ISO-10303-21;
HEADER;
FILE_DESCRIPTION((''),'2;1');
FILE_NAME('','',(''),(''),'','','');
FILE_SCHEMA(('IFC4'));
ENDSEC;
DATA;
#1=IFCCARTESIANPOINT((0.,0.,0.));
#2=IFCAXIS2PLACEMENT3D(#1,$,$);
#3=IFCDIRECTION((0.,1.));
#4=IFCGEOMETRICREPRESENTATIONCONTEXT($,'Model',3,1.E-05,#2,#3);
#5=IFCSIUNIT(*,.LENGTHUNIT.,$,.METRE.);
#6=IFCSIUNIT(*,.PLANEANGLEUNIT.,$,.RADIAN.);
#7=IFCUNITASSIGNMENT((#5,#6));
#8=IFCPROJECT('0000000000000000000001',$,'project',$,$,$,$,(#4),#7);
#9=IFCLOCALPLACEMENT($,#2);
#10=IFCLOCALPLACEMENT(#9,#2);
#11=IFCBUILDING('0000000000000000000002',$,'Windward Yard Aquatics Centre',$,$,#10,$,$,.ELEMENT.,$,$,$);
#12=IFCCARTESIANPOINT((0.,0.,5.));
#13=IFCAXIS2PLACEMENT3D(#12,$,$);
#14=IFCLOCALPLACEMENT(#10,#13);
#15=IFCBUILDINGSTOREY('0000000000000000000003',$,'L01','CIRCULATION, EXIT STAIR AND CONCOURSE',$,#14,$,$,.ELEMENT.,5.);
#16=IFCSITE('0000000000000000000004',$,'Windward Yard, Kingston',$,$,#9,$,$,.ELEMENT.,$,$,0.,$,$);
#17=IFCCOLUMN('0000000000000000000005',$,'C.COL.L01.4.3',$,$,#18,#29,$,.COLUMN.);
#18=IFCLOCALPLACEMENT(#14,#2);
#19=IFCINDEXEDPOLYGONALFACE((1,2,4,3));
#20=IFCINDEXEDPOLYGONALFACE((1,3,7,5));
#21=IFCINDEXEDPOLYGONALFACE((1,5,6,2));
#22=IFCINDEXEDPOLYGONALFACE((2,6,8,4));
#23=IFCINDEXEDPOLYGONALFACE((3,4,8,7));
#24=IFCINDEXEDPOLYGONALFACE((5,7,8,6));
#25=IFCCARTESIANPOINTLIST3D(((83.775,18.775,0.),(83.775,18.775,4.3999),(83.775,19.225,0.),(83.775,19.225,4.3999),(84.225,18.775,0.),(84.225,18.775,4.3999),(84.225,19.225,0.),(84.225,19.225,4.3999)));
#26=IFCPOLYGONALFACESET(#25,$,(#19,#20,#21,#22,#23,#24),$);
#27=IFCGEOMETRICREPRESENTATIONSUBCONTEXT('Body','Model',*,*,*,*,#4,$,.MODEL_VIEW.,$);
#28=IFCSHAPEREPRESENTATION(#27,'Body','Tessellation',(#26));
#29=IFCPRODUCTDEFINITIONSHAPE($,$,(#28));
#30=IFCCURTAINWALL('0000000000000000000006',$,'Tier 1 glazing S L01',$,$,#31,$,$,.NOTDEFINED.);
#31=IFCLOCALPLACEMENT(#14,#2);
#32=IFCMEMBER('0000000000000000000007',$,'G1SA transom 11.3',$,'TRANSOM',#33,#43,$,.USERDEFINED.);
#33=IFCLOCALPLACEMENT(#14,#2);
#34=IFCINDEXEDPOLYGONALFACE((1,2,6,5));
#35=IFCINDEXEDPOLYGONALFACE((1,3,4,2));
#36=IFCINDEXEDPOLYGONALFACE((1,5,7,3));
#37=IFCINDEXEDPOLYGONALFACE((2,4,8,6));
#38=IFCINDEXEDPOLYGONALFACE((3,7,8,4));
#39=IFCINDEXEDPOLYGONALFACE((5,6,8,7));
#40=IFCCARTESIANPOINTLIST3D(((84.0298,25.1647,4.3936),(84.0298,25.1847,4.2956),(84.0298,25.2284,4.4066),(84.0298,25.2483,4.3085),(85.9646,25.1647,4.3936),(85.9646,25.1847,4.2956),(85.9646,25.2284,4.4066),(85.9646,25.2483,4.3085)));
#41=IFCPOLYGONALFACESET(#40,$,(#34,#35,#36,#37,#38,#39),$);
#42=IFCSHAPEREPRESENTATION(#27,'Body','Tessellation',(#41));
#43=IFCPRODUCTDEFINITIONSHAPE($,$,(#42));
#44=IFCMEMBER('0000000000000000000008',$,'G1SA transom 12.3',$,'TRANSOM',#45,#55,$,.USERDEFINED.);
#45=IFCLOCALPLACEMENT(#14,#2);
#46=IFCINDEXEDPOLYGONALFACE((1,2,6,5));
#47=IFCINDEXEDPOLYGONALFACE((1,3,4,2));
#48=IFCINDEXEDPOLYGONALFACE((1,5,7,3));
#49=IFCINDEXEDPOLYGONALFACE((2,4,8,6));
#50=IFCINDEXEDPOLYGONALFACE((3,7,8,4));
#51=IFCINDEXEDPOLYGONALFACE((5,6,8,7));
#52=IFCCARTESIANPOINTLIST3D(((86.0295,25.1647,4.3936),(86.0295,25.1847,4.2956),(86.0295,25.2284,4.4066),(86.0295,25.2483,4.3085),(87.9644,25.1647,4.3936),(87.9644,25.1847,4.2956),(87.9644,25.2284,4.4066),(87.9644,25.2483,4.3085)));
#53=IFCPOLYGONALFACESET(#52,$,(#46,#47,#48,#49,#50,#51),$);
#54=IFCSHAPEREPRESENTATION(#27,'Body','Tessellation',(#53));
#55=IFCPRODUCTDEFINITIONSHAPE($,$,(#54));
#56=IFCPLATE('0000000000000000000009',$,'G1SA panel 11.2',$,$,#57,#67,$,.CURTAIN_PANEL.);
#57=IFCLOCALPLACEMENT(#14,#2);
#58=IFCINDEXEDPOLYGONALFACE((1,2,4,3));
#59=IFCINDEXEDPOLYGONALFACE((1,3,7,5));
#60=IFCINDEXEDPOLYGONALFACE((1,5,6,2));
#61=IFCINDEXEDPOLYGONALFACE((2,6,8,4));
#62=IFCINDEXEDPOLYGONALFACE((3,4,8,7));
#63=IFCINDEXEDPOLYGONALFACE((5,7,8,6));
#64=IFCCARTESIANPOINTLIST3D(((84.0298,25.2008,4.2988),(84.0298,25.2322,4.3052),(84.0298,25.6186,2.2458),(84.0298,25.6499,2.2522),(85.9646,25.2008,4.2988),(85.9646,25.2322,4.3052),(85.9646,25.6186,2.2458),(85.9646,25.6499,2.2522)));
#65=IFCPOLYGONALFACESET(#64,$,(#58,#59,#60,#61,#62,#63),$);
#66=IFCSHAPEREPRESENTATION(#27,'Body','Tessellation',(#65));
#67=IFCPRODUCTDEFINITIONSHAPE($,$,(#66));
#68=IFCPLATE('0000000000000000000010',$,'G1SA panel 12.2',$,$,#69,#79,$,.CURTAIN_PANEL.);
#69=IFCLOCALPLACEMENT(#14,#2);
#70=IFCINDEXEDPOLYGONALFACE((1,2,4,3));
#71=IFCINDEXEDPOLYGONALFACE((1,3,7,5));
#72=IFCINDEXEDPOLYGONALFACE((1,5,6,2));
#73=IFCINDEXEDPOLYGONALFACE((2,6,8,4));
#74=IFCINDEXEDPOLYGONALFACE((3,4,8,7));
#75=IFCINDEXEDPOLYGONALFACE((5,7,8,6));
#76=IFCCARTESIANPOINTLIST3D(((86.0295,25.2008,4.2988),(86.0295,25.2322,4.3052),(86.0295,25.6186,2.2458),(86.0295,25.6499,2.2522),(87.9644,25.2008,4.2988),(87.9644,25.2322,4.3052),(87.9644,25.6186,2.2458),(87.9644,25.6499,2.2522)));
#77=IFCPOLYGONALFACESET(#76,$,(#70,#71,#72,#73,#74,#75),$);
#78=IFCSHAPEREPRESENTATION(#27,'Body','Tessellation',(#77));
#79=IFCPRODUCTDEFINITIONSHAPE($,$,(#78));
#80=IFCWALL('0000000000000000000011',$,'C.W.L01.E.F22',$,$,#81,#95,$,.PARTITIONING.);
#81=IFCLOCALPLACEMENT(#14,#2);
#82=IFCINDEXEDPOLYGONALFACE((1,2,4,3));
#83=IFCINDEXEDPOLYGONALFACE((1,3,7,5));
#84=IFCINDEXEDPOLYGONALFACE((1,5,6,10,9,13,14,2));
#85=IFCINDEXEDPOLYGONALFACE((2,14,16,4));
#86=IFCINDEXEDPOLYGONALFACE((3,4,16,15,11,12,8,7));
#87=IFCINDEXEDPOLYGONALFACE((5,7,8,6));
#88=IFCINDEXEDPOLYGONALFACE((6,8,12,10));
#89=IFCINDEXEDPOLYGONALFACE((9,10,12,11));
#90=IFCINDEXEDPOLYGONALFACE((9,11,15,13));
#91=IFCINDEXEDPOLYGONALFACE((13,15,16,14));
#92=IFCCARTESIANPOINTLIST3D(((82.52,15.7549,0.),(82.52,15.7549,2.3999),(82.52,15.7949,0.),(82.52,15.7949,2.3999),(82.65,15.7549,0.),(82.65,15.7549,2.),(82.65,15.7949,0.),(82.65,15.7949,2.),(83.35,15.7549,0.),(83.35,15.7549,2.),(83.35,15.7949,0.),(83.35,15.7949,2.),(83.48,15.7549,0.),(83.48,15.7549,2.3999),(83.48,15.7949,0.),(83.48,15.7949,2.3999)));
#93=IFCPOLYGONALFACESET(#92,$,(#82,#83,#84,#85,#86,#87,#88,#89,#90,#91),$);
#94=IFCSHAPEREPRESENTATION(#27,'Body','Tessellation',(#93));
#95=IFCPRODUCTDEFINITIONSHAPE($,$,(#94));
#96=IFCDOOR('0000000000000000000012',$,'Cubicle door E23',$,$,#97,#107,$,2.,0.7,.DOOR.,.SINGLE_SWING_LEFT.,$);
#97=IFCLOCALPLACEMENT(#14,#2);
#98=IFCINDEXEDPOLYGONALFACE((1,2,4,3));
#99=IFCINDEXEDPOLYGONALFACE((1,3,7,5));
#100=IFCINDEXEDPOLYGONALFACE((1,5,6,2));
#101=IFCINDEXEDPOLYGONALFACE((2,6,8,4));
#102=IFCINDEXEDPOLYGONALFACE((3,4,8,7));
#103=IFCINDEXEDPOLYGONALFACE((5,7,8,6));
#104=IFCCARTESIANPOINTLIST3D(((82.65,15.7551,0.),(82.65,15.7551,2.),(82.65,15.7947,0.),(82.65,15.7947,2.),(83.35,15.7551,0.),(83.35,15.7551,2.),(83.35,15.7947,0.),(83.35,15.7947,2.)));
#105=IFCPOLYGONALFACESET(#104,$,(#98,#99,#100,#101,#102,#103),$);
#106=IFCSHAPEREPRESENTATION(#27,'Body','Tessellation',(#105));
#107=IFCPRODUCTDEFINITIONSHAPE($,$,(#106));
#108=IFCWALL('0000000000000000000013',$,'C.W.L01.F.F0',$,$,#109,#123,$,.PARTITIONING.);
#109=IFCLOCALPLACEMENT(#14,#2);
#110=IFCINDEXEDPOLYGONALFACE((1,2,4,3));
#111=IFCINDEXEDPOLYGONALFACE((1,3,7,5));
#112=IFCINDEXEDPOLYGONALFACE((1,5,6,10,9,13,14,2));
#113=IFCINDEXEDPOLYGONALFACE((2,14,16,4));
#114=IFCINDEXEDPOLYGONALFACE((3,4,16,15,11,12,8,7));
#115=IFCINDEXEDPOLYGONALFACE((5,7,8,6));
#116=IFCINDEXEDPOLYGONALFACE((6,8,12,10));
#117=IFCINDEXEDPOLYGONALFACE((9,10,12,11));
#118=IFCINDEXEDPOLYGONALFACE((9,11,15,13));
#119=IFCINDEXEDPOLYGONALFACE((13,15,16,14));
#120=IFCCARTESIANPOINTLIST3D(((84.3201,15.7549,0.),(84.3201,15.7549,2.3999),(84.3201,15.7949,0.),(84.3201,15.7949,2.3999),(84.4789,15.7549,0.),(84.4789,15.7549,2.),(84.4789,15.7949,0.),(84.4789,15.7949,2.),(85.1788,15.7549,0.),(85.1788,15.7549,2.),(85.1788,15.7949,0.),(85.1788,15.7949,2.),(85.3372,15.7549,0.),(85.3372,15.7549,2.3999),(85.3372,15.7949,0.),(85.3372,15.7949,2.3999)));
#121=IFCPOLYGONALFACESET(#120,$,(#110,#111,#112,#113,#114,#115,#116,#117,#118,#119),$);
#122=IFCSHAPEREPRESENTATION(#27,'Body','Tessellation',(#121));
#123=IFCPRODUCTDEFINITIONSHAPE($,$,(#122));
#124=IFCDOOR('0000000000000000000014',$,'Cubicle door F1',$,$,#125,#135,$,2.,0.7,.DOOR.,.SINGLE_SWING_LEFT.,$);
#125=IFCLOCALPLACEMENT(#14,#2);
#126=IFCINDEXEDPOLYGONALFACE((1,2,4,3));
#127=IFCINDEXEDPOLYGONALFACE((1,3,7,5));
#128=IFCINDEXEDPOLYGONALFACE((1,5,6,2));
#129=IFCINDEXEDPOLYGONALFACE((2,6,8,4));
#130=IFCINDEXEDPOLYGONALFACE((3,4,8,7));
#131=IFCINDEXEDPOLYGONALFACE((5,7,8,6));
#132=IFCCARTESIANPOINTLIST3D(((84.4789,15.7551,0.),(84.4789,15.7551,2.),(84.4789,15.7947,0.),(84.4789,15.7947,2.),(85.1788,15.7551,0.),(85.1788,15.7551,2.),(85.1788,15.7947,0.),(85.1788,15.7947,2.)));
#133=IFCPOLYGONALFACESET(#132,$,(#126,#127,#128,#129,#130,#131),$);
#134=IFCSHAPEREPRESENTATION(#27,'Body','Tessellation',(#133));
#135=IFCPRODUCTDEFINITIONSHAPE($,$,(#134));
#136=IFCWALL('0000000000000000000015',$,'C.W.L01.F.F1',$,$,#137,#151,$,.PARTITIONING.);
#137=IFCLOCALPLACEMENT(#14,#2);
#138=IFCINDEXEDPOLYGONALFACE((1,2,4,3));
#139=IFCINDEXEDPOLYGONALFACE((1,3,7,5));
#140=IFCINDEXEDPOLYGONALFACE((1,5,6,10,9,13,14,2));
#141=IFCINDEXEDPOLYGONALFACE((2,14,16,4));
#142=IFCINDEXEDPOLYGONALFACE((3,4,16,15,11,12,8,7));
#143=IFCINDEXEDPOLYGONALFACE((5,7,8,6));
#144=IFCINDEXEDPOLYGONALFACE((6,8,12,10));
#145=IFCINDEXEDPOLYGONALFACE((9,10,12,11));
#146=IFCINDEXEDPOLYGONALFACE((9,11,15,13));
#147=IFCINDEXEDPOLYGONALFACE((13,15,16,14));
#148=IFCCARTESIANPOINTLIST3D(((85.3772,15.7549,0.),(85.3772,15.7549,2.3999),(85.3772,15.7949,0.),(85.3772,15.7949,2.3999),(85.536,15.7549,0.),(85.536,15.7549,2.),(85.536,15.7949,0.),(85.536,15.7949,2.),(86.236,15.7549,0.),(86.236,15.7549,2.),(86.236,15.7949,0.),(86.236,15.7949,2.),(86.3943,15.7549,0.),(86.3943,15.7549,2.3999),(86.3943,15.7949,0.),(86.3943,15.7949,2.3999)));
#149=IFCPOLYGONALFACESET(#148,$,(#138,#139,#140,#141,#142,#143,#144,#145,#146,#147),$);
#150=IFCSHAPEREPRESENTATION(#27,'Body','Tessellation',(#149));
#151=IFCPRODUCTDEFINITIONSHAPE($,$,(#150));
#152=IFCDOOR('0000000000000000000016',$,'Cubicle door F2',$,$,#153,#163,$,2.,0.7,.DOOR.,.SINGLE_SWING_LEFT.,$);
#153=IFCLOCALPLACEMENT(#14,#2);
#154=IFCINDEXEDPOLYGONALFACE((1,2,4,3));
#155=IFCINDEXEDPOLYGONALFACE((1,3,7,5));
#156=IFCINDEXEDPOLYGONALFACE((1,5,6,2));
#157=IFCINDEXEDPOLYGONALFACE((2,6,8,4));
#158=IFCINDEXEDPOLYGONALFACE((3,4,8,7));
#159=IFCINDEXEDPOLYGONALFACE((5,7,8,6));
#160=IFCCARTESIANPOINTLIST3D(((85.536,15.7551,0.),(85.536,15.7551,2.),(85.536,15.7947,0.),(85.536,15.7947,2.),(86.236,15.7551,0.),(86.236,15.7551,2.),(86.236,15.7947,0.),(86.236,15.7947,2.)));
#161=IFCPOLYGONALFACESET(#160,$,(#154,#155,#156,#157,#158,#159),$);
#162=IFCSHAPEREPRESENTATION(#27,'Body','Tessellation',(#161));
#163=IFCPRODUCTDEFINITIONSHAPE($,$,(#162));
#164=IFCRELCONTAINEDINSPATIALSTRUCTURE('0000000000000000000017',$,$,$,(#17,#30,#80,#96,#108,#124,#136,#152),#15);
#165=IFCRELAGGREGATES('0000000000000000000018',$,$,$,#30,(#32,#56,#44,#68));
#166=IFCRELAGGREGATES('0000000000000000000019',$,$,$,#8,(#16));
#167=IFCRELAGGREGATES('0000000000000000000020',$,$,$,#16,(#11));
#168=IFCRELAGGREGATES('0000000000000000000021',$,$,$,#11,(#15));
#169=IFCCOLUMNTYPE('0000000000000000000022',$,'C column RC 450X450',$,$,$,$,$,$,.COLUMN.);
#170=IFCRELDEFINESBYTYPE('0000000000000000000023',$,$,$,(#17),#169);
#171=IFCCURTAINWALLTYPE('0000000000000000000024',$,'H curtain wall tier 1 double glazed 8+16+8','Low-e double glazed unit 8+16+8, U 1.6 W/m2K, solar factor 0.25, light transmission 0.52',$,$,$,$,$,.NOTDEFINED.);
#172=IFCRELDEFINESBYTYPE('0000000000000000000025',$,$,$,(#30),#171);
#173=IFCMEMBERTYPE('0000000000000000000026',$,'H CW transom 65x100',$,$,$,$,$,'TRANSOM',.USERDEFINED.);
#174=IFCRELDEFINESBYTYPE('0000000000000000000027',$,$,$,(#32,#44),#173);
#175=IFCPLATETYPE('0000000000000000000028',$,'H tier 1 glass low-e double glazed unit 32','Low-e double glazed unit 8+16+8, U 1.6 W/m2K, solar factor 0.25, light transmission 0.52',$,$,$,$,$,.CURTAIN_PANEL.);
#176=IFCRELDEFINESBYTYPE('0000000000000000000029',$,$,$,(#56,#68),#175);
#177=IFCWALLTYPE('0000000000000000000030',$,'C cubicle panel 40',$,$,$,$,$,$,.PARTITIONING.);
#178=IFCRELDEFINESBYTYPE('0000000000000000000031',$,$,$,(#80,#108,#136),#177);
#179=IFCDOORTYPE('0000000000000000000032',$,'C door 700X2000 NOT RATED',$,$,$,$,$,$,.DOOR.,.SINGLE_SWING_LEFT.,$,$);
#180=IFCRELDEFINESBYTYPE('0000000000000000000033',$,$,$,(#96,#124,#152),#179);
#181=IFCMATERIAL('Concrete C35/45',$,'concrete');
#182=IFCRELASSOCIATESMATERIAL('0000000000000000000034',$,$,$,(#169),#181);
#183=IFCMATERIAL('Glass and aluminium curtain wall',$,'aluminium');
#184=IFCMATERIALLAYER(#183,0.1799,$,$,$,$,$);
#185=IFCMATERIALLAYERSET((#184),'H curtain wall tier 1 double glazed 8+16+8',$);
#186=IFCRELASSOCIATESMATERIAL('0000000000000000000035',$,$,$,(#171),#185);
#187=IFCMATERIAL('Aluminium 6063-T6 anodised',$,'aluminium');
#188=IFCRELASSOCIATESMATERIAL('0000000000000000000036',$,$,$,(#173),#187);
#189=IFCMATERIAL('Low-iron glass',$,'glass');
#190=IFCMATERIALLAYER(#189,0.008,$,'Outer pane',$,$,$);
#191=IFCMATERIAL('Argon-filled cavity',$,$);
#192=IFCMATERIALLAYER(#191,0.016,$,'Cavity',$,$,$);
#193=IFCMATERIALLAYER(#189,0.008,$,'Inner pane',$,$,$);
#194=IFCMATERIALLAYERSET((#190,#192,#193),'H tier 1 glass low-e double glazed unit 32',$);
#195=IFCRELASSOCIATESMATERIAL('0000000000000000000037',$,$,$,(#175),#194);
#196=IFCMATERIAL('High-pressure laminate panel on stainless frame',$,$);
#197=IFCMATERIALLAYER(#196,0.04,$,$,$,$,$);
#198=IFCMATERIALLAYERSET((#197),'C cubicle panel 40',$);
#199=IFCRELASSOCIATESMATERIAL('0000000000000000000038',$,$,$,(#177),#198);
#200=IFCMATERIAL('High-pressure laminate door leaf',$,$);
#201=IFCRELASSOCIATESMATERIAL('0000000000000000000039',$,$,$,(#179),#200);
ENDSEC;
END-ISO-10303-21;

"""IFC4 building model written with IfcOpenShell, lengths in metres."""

from ifc_helpers import new_model, si_unit, direction, frame, frame_2d, origin, origin_2d, place, context, subcontext, project, spatial, polyline, rectangle, outline, extrude, material, layer, layer_set, material_profile, profile_set, type_object, element, fill, aggregate, save


model = new_model("IFC4")

# Units and contexts
model_context = context("Model", 3, precision=1e-05, world=origin(), true_north=direction((0.0, 1.0)))
body_context = subcontext(model_context, "Body", "Model", "MODEL_VIEW")
ifc_project = project(units=[si_unit("LENGTHUNIT", "METRE"), si_unit("PLANEANGLEUNIT", "RADIAN")], contexts=[model_context])

# Site, building, storey
site_placement = place(None, origin())
site = spatial("IfcSite", under=ifc_project, at=site_placement, Name="Windward Yard, Kingston", CompositionType="ELEMENT", RefElevation=0.0)
building_placement = place(site_placement, origin())
building = spatial("IfcBuilding", under=site, at=building_placement, Name="Windward Yard Aquatics Centre", CompositionType="ELEMENT")
storey_placement = place(building_placement, frame((0.0, 0.0, 5.0)))
storey = spatial("IfcBuildingStorey", under=building, at=storey_placement, Name="L01", Description="CIRCULATION, EXIT STAIR AND CONCOURSE", CompositionType="ELEMENT", Elevation=5.0)

# Column
ifc_material_1 = material(Name="Concrete C35/45", Category="concrete")
ifc_material_profile_1 = material_profile(ifc_material_1, rectangle(XDim=0.45, YDim=0.45, at=origin_2d()), Name="RC 450X450")
ifc_profile_set_1 = profile_set([ifc_material_profile_1], Name="Concrete C35/45")
column_type = type_object("IfcColumnType", Name="C column RC 450X450", PredefinedType="COLUMN", material=ifc_profile_set_1)
column_placement = place(storey_placement, frame((84.0, 19.0, 0.0), z_axis=(0.0, 0.0, 1.0), x_axis=(1.0, 0.0, 0.0)))
element("IfcColumn", 1, at=column_placement, inside=storey, type_object=column_type, Name="C.COL.L01.4.3", PredefinedType="COLUMN", context=body_context, shape_type="SweptSolid", body=[
    extrude(rectangle(XDim=0.45, YDim=0.45, at=origin_2d()), origin(), (0.0, 0.0, 1.0), 4.3999),
])

# Curtain wall, members, plates
ifc_material_2 = material(Name="Glass and aluminium curtain wall", Category="aluminium")
ifc_layer_1 = layer(ifc_material_2, 0.1799)
ifc_layer_set_1 = layer_set([ifc_layer_1], Name="H curtain wall tier 1 double glazed 8+16+8")
curtain_wall_type = type_object("IfcCurtainWallType", Name="H curtain wall tier 1 double glazed 8+16+8", Description="Low-e double glazed unit 8+16+8, U 1.6 W/m2K, solar factor 0.25, light transmission 0.52", PredefinedType="NOTDEFINED", material=ifc_layer_set_1)
curtain_wall_placement = place(storey_placement, origin())
curtain_wall = element("IfcCurtainWall", 2, at=curtain_wall_placement, inside=storey, type_object=curtain_wall_type, Name="Tier 1 glazing S L01", PredefinedType="NOTDEFINED")
ifc_material_3 = material(Name="Aluminium 6063-T6 anodised", Category="aluminium")
ifc_material_profile_2 = material_profile(ifc_material_3, rectangle(XDim=0.0649, YDim=0.1001, at=origin_2d()), Name="H CW transom 65x100")
ifc_profile_set_2 = profile_set([ifc_material_profile_2], Name="Aluminium 6063-T6 anodised")
member_type = type_object("IfcMemberType", Name="H CW transom 65x100", ElementType="TRANSOM", PredefinedType="USERDEFINED", material=ifc_profile_set_2)
member_1_placement = place(storey_placement, frame((84.0298, 25.2065, 4.3511), z_axis=(1.0, 0.0, 0.0), x_axis=(0.0, 0.979925, 0.199368)))
member_1 = element("IfcMember", 3, at=member_1_placement, type_object=member_type, Name="G1SA transom 11.3", ObjectType="TRANSOM", PredefinedType="USERDEFINED", context=body_context, shape_type="SweptSolid", body=[
    extrude(rectangle(XDim=0.0649, YDim=0.1001, at=origin_2d()), origin(), (0.0, 0.0, 1.0), 1.9348),
])
member_2_placement = place(storey_placement, frame((86.0295, 25.2065, 4.3511), z_axis=(1.0, 0.0, 0.0), x_axis=(0.0, 0.979925, 0.199368)))
member_2 = element("IfcMember", 4, at=member_2_placement, type_object=member_type, Name="G1SA transom 12.3", ObjectType="TRANSOM", PredefinedType="USERDEFINED", context=body_context, shape_type="SweptSolid", body=[
    extrude(rectangle(XDim=0.0649, YDim=0.1001, at=origin_2d()), origin(), (0.0, 0.0, 1.0), 1.9348),
])
ifc_material_4 = material(Name="Low-iron glass", Category="glass")
ifc_layer_2 = layer(ifc_material_4, 0.008, Name="Outer pane")
ifc_material_5 = material(Name="Argon-filled cavity")
ifc_layer_3 = layer(ifc_material_5, 0.016, Name="Cavity")
ifc_layer_4 = layer(ifc_material_4, 0.008, Name="Inner pane")
ifc_layer_set_2 = layer_set([ifc_layer_2, ifc_layer_3, ifc_layer_4], Name="H tier 1 glass low-e double glazed unit 32")
plate_type = type_object("IfcPlateType", Name="H tier 1 glass low-e double glazed unit 32", Description="Low-e double glazed unit 8+16+8, U 1.6 W/m2K, solar factor 0.25, light transmission 0.52", PredefinedType="CURTAIN_PANEL", material=ifc_layer_set_2)
plate_1_placement = place(storey_placement, frame((84.0298, 25.2322, 4.3052), z_axis=(0.0, 0.979921, 0.199387), x_axis=(0.0, 0.199387, -0.979921)))
plate_1 = element("IfcPlate", 5, at=plate_1_placement, type_object=plate_type, Name="G1SA panel 11.2", PredefinedType="CURTAIN_PANEL", context=body_context, shape_type="SweptSolid", body=[
    extrude(outline(polyline([(0.0, 0.0), (2.095, 0.0), (2.095, -1.9348), (0.0, -1.9348), (0.0, 0.0)])), origin(), (0.0, 0.0, -1.0), 0.032),
])
plate_2_placement = place(storey_placement, frame((86.0295, 25.2322, 4.3052), z_axis=(0.0, 0.979921, 0.199387), x_axis=(0.0, 0.199387, -0.979921)))
plate_2 = element("IfcPlate", 6, at=plate_2_placement, type_object=plate_type, Name="G1SA panel 12.2", PredefinedType="CURTAIN_PANEL", context=body_context, shape_type="SweptSolid", body=[
    extrude(outline(polyline([(0.0, 0.0), (2.095, 0.0), (2.095, -1.9348), (0.0, -1.9348), (0.0, 0.0)])), origin(), (0.0, 0.0, -1.0), 0.032),
])
aggregate(curtain_wall, [member_1, plate_1, member_2, plate_2])

# Walls, openings, doors
ifc_material_6 = material(Name="High-pressure laminate panel on stainless frame")
ifc_layer_5 = layer(ifc_material_6, 0.04)
ifc_layer_set_3 = layer_set([ifc_layer_5], Name="C cubicle panel 40")
wall_type_1 = type_object("IfcWallType", Name="C cubicle panel 40", PredefinedType="PARTITIONING", material=ifc_layer_set_3)
wall_1_placement = place(storey_placement, frame((82.52, 15.7749, 0.0), z_axis=(0.0, 0.0, 1.0), x_axis=(1.0, 0.0, 0.0)))
wall_1 = element("IfcWall", 7, at=wall_1_placement, inside=storey, type_object=wall_type_1, Name="C.W.L01.E.F22", PredefinedType="PARTITIONING", context=body_context, shape_type="SweptSolid", body=[
    extrude(rectangle(XDim=0.96, YDim=0.04, at=frame_2d((0.48, 0.0))), origin(), (0.0, 0.0, 1.0), 2.3999),
])
opening_1_placement = place(wall_1_placement, frame((0.1299, 0.0, 0.0)))
opening_1 = element("IfcOpeningElement", 8, at=opening_1_placement, cuts=wall_1, PredefinedType="OPENING", context=body_context, shape_type="SweptSolid", body=[
    extrude(rectangle(XDim=0.7, YDim=2.0, at=frame_2d((0.3501, 1.0))), frame((0.0, 0.03, 0.0), z_axis=(0.0, -1.0, 0.0), x_axis=(1.0, 0.0, 0.0)), (0.0, 0.0, 1.0), 0.0601),
])
ifc_material_7 = material(Name="High-pressure laminate door leaf")
door_type = type_object("IfcDoorType", Name="C door 700X2000 NOT RATED", OperationType="SINGLE_SWING_LEFT", PredefinedType="DOOR", material=ifc_material_7)
door_1_placement = place(opening_1_placement, origin())
door_1 = element("IfcDoor", 9, at=door_1_placement, inside=storey, type_object=door_type, Name="Cubicle door E23", OperationType="SINGLE_SWING_LEFT", OverallHeight=2.0, OverallWidth=0.7, PredefinedType="DOOR", context=body_context, shape_type="SweptSolid", body=[
    extrude(rectangle(XDim=0.7, YDim=2.0, at=frame_2d((0.3501, 1.0))), frame((0.0, 0.0198, 0.0), z_axis=(0.0, -1.0, 0.0), x_axis=(1.0, 0.0, 0.0)), (0.0, 0.0, 1.0), 0.0396),
])
fill(opening_1, door_1)
wall_2_placement = place(storey_placement, frame((84.3201, 15.7749, 0.0), z_axis=(0.0, 0.0, 1.0), x_axis=(1.0, 0.0, 0.0)))
wall_2 = element("IfcWall", 10, at=wall_2_placement, inside=storey, type_object=wall_type_1, Name="C.W.L01.F.F0", PredefinedType="PARTITIONING", context=body_context, shape_type="SweptSolid", body=[
    extrude(rectangle(XDim=1.0171, YDim=0.04, at=frame_2d((0.5085, 0.0))), origin(), (0.0, 0.0, 1.0), 2.3999),
])
opening_2_placement = place(wall_2_placement, frame((0.1587, 0.0, 0.0)))
opening_2 = element("IfcOpeningElement", 11, at=opening_2_placement, cuts=wall_2, PredefinedType="OPENING", context=body_context, shape_type="SweptSolid", body=[
    extrude(rectangle(XDim=0.7, YDim=2.0, at=frame_2d((0.3501, 1.0))), frame((0.0, 0.03, 0.0), z_axis=(0.0, -1.0, 0.0), x_axis=(1.0, 0.0, 0.0)), (0.0, 0.0, 1.0), 0.0601),
])
door_2_placement = place(opening_2_placement, origin())
door_2 = element("IfcDoor", 12, at=door_2_placement, inside=storey, type_object=door_type, Name="Cubicle door F1", OperationType="SINGLE_SWING_LEFT", OverallHeight=2.0, OverallWidth=0.7, PredefinedType="DOOR", context=body_context, shape_type="SweptSolid", body=[
    extrude(rectangle(XDim=0.7, YDim=2.0, at=frame_2d((0.3501, 1.0))), frame((0.0, 0.0198, 0.0), z_axis=(0.0, -1.0, 0.0), x_axis=(1.0, 0.0, 0.0)), (0.0, 0.0, 1.0), 0.0396),
])
fill(opening_2, door_2)
wall_3_placement = place(storey_placement, frame((85.3772, 15.7749, 0.0), z_axis=(0.0, 0.0, 1.0), x_axis=(1.0, 0.0, 0.0)))
wall_3 = element("IfcWall", 13, at=wall_3_placement, inside=storey, type_object=wall_type_1, Name="C.W.L01.F.F1", PredefinedType="PARTITIONING", context=body_context, shape_type="SweptSolid", body=[
    extrude(rectangle(XDim=1.0171, YDim=0.04, at=frame_2d((0.5085, 0.0))), origin(), (0.0, 0.0, 1.0), 2.3999),
])
opening_3_placement = place(wall_3_placement, frame((0.1587, 0.0, 0.0)))
opening_3 = element("IfcOpeningElement", 14, at=opening_3_placement, cuts=wall_3, PredefinedType="OPENING", context=body_context, shape_type="SweptSolid", body=[
    extrude(rectangle(XDim=0.7, YDim=2.0, at=frame_2d((0.3501, 1.0))), frame((0.0, 0.03, 0.0), z_axis=(0.0, -1.0, 0.0), x_axis=(1.0, 0.0, 0.0)), (0.0, 0.0, 1.0), 0.0601),
])
door_3_placement = place(opening_3_placement, origin())
door_3 = element("IfcDoor", 15, at=door_3_placement, inside=storey, type_object=door_type, Name="Cubicle door F2", OperationType="SINGLE_SWING_LEFT", OverallHeight=2.0, OverallWidth=0.7, PredefinedType="DOOR", context=body_context, shape_type="SweptSolid", body=[
    extrude(rectangle(XDim=0.7, YDim=2.0, at=frame_2d((0.3501, 1.0))), frame((0.0, 0.0198, 0.0), z_axis=(0.0, -1.0, 0.0), x_axis=(1.0, 0.0, 0.0)), (0.0, 0.0, 1.0), 0.0396),
])
fill(opening_3, door_3)

save(model, "model.ifc")
